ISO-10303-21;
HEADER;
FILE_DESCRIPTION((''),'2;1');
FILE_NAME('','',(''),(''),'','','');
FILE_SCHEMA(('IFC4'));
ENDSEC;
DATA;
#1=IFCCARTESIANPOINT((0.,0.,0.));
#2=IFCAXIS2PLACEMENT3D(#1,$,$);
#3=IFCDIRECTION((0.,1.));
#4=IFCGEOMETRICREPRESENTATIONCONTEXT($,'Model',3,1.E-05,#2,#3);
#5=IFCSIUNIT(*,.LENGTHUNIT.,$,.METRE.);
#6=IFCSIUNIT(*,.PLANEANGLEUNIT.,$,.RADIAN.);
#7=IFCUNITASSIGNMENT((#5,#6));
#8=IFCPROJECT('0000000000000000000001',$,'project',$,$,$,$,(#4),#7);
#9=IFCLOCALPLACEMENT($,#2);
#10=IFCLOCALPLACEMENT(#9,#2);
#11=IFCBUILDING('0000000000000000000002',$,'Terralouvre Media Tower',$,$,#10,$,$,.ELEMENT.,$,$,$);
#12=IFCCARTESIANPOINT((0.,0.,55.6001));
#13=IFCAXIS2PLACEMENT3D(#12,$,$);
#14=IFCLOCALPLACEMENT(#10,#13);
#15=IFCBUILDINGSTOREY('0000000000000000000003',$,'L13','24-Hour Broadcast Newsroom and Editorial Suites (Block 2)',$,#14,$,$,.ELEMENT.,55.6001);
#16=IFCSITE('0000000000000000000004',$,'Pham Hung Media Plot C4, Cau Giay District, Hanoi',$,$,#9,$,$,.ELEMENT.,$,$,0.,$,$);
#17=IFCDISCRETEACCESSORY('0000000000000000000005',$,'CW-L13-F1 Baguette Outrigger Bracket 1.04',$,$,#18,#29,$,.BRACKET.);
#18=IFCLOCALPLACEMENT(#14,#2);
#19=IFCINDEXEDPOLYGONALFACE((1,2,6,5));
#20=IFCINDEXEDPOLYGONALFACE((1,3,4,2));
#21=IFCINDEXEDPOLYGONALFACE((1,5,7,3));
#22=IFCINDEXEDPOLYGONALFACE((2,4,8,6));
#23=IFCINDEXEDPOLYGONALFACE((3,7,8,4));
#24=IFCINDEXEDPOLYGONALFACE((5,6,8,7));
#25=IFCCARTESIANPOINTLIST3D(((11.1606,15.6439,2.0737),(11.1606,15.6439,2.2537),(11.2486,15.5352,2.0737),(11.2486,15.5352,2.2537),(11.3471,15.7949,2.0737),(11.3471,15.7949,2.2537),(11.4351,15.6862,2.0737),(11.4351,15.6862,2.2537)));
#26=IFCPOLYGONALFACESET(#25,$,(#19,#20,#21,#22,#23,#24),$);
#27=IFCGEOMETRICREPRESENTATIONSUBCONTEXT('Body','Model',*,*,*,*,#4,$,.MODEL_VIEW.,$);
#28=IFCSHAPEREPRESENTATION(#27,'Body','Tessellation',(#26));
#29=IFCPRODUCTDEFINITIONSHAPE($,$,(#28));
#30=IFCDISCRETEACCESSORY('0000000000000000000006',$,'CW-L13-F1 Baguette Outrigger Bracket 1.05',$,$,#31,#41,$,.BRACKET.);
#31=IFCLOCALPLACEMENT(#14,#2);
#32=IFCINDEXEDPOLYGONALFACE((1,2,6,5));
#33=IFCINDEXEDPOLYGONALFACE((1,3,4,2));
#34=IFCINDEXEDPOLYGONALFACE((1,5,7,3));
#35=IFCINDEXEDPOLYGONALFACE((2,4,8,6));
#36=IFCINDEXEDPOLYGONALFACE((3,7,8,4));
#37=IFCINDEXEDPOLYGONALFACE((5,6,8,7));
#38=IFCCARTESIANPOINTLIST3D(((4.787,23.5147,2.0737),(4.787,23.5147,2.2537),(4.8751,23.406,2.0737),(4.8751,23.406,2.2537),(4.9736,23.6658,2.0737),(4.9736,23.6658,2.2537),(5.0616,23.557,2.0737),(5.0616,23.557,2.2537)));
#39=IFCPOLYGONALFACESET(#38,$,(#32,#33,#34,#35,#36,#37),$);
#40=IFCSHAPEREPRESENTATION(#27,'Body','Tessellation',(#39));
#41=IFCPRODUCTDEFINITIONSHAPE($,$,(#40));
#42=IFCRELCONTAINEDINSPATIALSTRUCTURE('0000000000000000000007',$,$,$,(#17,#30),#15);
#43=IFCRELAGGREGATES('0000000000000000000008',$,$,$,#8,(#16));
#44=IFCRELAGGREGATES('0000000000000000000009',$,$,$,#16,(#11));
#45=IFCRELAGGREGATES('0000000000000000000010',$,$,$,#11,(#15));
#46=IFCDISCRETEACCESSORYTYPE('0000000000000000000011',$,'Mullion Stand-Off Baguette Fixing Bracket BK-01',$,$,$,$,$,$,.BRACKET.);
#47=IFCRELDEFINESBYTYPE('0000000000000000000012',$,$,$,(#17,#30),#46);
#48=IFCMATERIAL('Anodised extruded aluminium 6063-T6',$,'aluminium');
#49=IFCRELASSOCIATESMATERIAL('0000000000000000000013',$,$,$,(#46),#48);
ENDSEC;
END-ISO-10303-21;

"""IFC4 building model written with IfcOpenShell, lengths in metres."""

from ifc_helpers import new_model, si_unit, direction, frame, origin, origin_2d, place, context, subcontext, project, spatial, rectangle, extrude, material, type_object, element, save


model = new_model("IFC4")

# Units and contexts
model_context = context("Model", 3, precision=1e-05, world=origin(), true_north=direction((0.0, 1.0)))
body_context = subcontext(model_context, "Body", "Model", "MODEL_VIEW")
ifc_project = project(units=[si_unit("LENGTHUNIT", "METRE"), si_unit("PLANEANGLEUNIT", "RADIAN")], contexts=[model_context])

# Site, building, storey
site_placement = place(None, origin())
site = spatial("IfcSite", under=ifc_project, at=site_placement, Name="Pham Hung Media Plot C4, Cau Giay District, Hanoi", CompositionType="ELEMENT", RefElevation=0.0)
building_placement = place(site_placement, origin())
building = spatial("IfcBuilding", under=site, at=building_placement, Name="Terralouvre Media Tower", CompositionType="ELEMENT")
storey_placement = place(building_placement, frame((0.0, 0.0, 55.6001)))
storey = spatial("IfcBuildingStorey", under=building, at=storey_placement, Name="L13", Description="24-Hour Broadcast Newsroom and Editorial Suites (Block 2)", CompositionType="ELEMENT", Elevation=55.6001)

# Discrete accessories
ifc_material_1 = material(Name="Anodised extruded aluminium 6063-T6", Category="aluminium")
discrete_accessory_type = type_object("IfcDiscreteAccessoryType", Name="Mullion Stand-Off Baguette Fixing Bracket BK-01", PredefinedType="BRACKET", material=ifc_material_1)
for number, where, z_axis, x_axis, name in (
    (1, (11.2979, 15.665, 2.0737), (0.0, 0.0, 1.0), (-0.62932, 0.777146, 0.0), "CW-L13-F1 Baguette Outrigger Bracket 1.04"),
    (2, (4.9243, 23.5359, 2.0737), (0.0, 0.0, 1.0), (-0.62932, 0.777146, 0.0), "CW-L13-F1 Baguette Outrigger Bracket 1.05"),
):
    element("IfcDiscreteAccessory", number, at=place(storey_placement, frame(where, z_axis=z_axis, x_axis=x_axis)), inside=storey, type_object=discrete_accessory_type, Name=name, PredefinedType="BRACKET", context=body_context, shape_type="SweptSolid", body=[
        extrude(rectangle(XDim=0.1399, YDim=0.24, at=origin_2d()), origin(), (0.0, 0.0, 1.0), 0.1799),
    ])

save(model, "model.ifc")
